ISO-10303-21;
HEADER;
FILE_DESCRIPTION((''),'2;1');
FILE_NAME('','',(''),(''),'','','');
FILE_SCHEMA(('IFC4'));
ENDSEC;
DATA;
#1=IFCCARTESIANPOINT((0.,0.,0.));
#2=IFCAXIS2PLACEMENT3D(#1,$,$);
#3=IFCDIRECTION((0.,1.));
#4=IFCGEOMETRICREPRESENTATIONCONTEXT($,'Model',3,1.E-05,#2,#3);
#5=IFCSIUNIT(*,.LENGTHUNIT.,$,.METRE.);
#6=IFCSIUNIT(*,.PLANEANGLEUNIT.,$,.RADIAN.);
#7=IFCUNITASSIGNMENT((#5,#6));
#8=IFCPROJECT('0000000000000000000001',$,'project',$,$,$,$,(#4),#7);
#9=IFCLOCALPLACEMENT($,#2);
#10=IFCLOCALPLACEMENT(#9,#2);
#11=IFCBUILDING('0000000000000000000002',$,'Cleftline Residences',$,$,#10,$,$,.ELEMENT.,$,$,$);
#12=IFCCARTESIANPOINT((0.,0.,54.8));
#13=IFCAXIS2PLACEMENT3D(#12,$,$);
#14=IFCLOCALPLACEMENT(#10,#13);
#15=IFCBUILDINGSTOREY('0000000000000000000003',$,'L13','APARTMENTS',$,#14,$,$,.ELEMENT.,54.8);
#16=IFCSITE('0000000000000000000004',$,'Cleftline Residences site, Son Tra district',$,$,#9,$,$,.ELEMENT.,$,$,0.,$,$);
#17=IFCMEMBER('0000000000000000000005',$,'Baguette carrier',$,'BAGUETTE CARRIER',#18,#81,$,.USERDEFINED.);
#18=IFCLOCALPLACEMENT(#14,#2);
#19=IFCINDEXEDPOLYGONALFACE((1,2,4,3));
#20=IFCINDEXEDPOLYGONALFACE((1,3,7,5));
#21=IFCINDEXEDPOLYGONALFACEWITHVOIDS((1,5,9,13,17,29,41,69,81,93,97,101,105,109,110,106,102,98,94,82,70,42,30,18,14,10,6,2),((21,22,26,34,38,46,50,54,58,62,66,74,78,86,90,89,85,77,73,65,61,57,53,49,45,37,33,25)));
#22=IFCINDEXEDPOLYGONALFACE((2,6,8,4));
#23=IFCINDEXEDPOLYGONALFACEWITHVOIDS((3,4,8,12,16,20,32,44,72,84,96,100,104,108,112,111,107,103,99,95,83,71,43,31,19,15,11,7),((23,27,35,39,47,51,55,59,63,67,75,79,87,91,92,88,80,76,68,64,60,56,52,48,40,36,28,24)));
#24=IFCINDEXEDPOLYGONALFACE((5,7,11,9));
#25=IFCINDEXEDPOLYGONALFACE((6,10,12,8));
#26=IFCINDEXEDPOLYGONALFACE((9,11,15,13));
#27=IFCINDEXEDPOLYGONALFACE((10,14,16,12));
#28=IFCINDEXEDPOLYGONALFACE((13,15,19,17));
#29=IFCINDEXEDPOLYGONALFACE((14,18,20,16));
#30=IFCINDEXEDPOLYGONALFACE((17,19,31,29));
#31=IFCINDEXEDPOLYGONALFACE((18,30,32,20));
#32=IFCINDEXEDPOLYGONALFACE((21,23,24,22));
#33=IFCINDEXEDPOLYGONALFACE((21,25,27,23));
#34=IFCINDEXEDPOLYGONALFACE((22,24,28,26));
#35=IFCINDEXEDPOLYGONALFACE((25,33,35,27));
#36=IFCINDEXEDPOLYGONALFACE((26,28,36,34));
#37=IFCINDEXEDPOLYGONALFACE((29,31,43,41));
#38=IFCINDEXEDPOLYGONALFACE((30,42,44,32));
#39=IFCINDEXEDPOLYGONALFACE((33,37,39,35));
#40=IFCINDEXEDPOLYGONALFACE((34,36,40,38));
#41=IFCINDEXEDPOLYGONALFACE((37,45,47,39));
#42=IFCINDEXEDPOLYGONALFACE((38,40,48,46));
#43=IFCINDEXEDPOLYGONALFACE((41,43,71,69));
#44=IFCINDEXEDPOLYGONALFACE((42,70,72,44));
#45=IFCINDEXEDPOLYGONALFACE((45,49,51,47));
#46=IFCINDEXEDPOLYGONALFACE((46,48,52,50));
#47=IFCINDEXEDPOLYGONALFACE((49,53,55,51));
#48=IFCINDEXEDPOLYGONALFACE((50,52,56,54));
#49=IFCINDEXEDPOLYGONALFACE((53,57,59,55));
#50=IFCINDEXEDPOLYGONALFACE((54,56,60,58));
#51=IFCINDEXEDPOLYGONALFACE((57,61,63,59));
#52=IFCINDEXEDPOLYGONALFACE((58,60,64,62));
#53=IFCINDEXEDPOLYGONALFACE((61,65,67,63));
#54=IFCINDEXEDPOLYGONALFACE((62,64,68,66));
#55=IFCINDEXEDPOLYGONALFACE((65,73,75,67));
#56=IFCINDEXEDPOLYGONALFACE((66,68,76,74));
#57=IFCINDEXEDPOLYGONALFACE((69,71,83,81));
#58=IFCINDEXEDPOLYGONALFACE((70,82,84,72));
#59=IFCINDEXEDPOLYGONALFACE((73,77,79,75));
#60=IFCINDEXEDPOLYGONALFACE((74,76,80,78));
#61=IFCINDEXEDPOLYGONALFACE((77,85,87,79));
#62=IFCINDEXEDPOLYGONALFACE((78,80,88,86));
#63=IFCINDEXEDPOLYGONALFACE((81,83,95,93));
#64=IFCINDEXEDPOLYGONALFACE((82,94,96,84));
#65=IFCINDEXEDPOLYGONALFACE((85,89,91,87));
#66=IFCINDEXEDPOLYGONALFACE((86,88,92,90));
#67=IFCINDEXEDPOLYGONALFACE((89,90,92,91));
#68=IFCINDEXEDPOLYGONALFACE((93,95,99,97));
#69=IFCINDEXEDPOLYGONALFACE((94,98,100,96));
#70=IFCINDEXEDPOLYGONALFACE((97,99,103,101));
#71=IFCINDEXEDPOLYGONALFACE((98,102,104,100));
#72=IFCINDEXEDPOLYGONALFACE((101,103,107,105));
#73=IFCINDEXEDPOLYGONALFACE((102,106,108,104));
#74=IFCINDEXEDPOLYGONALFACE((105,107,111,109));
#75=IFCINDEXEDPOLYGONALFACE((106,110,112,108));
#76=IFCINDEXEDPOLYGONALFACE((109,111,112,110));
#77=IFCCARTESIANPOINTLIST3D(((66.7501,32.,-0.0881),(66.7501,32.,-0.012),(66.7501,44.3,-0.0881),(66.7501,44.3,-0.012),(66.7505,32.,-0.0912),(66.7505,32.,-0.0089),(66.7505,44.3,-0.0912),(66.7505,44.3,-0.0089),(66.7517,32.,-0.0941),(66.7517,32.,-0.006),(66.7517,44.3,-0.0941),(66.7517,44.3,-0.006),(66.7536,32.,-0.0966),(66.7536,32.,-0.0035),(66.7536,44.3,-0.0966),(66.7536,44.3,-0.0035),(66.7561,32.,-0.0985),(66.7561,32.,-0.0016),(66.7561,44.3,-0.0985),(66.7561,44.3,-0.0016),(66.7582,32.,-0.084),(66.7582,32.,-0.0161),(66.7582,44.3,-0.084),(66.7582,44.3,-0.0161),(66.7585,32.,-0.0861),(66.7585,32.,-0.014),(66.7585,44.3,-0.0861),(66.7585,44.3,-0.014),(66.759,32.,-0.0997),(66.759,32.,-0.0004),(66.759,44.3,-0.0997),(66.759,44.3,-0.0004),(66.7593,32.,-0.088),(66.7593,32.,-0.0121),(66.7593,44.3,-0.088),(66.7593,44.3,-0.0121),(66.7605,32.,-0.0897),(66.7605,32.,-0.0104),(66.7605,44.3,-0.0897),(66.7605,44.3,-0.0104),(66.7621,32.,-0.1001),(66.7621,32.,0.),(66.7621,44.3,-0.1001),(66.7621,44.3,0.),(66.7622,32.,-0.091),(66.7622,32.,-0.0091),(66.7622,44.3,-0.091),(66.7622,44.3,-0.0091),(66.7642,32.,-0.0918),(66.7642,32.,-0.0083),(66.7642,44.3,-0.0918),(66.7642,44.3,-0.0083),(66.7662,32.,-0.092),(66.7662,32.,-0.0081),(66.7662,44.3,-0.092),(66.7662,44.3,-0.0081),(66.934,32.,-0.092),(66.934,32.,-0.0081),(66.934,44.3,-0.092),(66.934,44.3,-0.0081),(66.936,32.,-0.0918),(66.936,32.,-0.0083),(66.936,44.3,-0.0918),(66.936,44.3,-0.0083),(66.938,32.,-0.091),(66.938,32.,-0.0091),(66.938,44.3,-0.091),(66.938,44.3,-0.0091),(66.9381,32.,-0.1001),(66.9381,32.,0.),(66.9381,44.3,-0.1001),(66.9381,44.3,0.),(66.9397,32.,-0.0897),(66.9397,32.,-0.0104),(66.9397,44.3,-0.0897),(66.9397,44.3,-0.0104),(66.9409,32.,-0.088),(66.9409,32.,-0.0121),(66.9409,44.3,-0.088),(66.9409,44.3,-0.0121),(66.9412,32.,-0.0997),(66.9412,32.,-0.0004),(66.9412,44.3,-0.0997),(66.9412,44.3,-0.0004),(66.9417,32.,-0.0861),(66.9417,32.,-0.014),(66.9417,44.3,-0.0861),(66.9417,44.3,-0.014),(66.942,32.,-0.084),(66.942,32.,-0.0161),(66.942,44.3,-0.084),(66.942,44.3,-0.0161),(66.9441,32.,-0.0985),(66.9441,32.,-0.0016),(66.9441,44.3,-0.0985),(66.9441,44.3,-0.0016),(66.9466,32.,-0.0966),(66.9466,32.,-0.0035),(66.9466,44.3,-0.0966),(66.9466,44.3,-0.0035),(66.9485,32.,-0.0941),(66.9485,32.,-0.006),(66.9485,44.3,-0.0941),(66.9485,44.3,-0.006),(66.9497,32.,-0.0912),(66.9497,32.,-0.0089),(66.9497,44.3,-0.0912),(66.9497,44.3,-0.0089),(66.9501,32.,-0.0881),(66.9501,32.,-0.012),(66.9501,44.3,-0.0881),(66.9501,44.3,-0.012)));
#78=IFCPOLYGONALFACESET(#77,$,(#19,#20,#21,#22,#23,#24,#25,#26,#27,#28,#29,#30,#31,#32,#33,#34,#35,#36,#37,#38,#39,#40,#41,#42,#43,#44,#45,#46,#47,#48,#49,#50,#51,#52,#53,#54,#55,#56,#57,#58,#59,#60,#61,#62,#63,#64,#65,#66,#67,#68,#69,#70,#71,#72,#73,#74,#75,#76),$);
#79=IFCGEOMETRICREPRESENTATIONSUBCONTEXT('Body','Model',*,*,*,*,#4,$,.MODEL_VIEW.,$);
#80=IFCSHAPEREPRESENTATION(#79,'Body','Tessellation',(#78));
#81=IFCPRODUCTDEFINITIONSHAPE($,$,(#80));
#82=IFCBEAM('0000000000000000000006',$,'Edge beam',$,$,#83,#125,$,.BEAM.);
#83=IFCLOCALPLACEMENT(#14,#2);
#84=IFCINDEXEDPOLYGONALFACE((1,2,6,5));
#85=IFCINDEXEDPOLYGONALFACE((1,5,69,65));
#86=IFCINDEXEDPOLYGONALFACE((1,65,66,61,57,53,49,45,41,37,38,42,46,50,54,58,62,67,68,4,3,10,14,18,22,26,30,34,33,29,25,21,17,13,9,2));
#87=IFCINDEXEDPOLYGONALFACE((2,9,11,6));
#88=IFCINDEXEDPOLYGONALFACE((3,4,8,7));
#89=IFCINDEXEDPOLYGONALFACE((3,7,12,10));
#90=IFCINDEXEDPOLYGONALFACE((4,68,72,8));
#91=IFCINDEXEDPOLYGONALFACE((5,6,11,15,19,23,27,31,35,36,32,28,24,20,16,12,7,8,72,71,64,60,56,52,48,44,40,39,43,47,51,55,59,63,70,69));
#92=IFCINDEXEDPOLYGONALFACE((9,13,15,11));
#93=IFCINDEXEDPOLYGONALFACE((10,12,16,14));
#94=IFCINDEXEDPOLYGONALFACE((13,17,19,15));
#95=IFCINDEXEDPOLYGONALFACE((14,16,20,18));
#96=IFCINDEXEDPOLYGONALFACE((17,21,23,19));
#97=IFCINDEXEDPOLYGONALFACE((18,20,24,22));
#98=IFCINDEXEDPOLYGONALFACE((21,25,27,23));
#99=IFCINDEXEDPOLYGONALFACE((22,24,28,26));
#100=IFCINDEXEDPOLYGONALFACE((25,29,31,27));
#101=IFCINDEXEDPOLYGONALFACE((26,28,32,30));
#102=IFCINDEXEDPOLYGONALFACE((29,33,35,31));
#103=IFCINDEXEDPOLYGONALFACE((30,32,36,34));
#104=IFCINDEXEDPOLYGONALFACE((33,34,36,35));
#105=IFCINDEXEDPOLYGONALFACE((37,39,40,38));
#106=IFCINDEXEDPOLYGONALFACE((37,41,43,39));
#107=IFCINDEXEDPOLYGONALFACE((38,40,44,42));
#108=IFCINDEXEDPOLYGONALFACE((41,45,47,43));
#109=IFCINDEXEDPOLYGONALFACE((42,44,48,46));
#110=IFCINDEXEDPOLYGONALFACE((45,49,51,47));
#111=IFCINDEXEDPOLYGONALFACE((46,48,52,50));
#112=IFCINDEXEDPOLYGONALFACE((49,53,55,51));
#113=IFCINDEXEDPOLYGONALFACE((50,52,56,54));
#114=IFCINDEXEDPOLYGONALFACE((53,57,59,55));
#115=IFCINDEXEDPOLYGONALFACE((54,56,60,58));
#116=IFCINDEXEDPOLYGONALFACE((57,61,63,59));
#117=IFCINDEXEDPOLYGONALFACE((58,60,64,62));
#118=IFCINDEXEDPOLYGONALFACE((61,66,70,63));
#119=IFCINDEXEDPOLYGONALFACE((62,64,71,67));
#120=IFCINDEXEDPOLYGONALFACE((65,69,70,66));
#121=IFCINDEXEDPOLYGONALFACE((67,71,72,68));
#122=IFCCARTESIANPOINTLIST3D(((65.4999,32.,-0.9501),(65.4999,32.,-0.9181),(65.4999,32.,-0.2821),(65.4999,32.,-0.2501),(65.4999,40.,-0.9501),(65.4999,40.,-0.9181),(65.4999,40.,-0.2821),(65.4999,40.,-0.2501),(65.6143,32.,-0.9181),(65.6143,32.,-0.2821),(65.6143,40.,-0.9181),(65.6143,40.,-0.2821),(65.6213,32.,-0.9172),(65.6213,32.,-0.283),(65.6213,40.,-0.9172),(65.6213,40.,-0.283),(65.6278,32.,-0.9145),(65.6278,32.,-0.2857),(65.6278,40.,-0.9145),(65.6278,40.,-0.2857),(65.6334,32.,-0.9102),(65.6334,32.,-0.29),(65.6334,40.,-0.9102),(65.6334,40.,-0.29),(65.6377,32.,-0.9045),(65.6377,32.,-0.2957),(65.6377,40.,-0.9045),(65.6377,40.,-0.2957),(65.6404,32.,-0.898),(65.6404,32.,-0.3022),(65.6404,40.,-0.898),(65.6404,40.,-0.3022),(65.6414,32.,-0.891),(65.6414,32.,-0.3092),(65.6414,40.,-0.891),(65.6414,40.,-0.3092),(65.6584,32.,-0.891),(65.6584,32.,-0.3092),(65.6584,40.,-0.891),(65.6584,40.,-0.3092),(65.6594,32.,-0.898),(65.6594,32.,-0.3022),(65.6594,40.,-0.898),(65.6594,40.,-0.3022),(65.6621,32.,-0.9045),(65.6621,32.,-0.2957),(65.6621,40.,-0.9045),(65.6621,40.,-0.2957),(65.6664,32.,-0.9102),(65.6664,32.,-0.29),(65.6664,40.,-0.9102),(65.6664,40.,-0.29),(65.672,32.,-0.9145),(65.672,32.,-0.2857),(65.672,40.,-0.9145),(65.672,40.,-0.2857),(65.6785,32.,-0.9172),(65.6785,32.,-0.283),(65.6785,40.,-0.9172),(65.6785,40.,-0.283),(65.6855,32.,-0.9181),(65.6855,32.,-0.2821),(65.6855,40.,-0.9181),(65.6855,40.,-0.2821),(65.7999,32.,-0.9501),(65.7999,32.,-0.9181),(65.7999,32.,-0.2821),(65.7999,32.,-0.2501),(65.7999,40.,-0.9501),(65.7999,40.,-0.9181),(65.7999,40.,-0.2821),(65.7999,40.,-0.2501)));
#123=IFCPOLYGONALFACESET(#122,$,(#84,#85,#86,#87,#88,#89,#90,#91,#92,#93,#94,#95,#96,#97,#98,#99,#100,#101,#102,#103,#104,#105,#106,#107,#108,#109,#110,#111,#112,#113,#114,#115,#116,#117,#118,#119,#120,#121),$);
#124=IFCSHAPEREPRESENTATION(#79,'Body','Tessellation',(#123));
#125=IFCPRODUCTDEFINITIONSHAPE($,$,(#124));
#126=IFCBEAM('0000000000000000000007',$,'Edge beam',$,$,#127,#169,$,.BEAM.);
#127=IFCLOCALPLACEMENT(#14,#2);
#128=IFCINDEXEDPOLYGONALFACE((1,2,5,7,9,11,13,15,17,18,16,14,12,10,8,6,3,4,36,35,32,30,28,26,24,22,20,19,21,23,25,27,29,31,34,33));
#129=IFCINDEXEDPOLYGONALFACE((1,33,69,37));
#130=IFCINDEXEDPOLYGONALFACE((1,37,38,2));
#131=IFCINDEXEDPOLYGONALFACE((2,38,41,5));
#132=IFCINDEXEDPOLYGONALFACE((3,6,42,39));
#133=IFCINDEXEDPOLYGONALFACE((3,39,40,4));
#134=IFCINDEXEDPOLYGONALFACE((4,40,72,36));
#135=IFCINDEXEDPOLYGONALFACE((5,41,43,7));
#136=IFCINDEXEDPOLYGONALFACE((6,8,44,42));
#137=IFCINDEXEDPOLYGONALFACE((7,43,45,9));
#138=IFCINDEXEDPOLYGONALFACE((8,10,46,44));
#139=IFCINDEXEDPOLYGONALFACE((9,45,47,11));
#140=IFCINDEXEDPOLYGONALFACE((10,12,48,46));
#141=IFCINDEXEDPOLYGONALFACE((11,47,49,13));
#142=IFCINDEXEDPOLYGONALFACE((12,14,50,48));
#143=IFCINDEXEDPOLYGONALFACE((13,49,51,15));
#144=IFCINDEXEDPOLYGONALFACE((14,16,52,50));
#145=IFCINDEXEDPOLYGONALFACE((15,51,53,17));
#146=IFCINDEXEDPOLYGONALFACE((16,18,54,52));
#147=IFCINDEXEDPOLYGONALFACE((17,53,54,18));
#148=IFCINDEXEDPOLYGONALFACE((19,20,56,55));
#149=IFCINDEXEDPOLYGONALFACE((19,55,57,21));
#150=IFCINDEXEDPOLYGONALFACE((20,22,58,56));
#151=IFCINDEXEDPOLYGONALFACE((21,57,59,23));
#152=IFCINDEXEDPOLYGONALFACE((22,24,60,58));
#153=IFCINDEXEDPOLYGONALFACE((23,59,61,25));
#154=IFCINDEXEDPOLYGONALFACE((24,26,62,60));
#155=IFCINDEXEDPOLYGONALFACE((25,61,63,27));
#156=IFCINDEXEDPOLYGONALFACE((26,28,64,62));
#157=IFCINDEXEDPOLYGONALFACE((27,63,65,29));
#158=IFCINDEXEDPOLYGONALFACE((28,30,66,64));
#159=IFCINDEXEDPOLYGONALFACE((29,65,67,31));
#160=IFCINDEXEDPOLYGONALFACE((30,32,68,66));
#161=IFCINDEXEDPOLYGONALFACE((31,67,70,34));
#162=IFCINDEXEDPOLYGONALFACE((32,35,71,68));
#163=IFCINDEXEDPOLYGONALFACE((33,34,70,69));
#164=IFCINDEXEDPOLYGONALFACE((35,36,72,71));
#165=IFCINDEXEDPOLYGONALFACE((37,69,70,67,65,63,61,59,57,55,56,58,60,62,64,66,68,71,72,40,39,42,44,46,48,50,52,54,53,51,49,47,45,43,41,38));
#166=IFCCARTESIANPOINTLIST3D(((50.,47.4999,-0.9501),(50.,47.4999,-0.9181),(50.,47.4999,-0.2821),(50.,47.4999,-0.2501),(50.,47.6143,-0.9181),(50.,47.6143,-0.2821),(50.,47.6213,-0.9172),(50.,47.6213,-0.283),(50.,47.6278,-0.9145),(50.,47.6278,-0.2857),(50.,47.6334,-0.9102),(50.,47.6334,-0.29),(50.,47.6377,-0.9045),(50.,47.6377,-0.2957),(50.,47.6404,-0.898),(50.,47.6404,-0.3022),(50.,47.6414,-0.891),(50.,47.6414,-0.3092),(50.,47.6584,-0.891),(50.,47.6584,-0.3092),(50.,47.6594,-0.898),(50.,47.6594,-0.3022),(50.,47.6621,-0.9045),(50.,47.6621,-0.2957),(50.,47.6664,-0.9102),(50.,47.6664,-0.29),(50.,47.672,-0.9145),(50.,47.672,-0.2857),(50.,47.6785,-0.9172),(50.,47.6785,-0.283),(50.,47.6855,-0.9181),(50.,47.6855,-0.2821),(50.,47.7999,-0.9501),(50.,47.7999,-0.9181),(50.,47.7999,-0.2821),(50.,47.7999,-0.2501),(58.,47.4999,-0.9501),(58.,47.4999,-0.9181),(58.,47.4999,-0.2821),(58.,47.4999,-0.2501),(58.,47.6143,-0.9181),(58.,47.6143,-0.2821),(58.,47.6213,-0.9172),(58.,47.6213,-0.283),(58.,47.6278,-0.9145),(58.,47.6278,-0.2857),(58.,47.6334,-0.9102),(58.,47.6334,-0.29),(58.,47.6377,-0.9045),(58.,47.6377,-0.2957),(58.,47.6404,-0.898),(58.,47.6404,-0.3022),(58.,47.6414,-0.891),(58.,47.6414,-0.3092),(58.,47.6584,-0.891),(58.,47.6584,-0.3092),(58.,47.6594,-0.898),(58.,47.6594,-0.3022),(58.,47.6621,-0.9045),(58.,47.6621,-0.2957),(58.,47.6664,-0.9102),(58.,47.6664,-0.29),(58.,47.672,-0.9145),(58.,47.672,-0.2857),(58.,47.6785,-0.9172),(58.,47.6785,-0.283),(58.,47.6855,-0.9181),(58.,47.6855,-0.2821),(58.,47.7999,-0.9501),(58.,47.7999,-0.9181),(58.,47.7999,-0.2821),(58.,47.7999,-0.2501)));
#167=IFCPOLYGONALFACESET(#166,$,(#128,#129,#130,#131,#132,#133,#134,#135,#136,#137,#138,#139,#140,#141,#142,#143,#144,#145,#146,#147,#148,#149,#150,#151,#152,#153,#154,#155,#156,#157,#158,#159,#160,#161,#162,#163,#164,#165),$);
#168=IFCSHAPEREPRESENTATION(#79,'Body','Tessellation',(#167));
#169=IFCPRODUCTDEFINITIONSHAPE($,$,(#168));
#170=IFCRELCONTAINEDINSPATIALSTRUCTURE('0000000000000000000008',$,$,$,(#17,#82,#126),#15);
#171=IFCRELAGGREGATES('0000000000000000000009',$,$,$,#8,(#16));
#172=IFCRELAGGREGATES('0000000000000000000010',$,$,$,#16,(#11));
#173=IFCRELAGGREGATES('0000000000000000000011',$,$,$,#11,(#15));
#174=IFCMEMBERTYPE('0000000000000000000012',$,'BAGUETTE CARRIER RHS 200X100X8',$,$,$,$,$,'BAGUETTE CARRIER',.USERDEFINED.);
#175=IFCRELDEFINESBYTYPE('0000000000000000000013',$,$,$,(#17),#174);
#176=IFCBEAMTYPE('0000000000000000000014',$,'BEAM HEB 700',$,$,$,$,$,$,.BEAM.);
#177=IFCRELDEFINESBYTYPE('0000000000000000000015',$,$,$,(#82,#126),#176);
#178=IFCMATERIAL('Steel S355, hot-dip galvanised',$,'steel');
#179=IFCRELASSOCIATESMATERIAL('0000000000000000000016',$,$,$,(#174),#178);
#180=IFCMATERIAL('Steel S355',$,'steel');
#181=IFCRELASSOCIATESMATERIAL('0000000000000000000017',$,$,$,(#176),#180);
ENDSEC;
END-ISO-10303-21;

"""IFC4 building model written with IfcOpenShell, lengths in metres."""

from ifc_helpers import new_model, si_unit, direction, frame, origin, origin_2d, place, context, subcontext, project, spatial, hollow_rectangle, i_section, extrude, material, material_profile, profile_set, type_object, element, save


model = new_model("IFC4")

# Units and contexts
model_context = context("Model", 3, precision=1e-05, world=origin(), true_north=direction((0.0, 1.0)))
body_context = subcontext(model_context, "Body", "Model", "MODEL_VIEW")
ifc_project = project(units=[si_unit("LENGTHUNIT", "METRE"), si_unit("PLANEANGLEUNIT", "RADIAN")], contexts=[model_context])

# Site, building, storey
site_placement = place(None, origin())
site = spatial("IfcSite", under=ifc_project, at=site_placement, Name="Cleftline Residences site, Son Tra district", CompositionType="ELEMENT", RefElevation=0.0)
building_placement = place(site_placement, origin())
building = spatial("IfcBuilding", under=site, at=building_placement, Name="Cleftline Residences", CompositionType="ELEMENT")
storey_placement = place(building_placement, frame((0.0, 0.0, 54.8)))
storey = spatial("IfcBuildingStorey", under=building, at=storey_placement, Name="L13", Description="APARTMENTS", CompositionType="ELEMENT", Elevation=54.8)

# Member
ifc_material_1 = material(Name="Steel S355, hot-dip galvanised", Category="steel")
ifc_material_profile_1 = material_profile(ifc_material_1, hollow_rectangle(XDim=0.1001, YDim=0.2, WallThickness=0.0081, InnerFilletRadius=0.0081, OuterFilletRadius=0.012, at=origin_2d()))
ifc_profile_set_1 = profile_set([ifc_material_profile_1], Name="Steel S355, hot-dip galvanised")
member_type_1 = type_object("IfcMemberType", Name="BAGUETTE CARRIER RHS 200X100X8", ElementType="BAGUETTE CARRIER", PredefinedType="USERDEFINED", material=ifc_profile_set_1)
member_placement = place(storey_placement, frame((66.8501, 32.0, -0.05), z_axis=(0.0, 1.0, 0.0), x_axis=(0.0, 0.0, 1.0)))
element("IfcMember", 1, at=member_placement, inside=storey, type_object=member_type_1, Name="Baguette carrier", ObjectType="BAGUETTE CARRIER", PredefinedType="USERDEFINED", context=body_context, shape_type="SweptSolid", body=[
    extrude(hollow_rectangle(XDim=0.1001, YDim=0.2, WallThickness=0.0081, InnerFilletRadius=0.0081, OuterFilletRadius=0.012, at=origin_2d()), origin(), (0.0, 0.0, 1.0), 12.3),
])

# Beams
ifc_material_2 = material(Name="Steel S355", Category="steel")
ifc_material_profile_2 = material_profile(ifc_material_2, i_section(OverallWidth=0.3, OverallDepth=0.7, WebThickness=0.0171, FlangeThickness=0.032, FilletRadius=0.0271, at=origin_2d()))
ifc_profile_set_2 = profile_set([ifc_material_profile_2], Name="Steel S355")
beam_type_1 = type_object("IfcBeamType", Name="BEAM HEB 700", PredefinedType="BEAM", material=ifc_profile_set_2)
for number, where, z_axis, x_axis, name in (
    (2, (65.6499, 32.0, -0.6001), (0.0, 1.0, 0.0), (-1.0, 0.0, 0.0), "Edge beam"),
    (3, (58.0, 47.6499, -0.6001), (-1.0, 0.0, 0.0), (0.0, -1.0, 0.0), "Edge beam"),
):
    element("IfcBeam", number, at=place(storey_placement, frame(where, z_axis=z_axis, x_axis=x_axis)), inside=storey, type_object=beam_type_1, Name=name, PredefinedType="BEAM", context=body_context, shape_type="SweptSolid", body=[
        extrude(i_section(OverallWidth=0.3, OverallDepth=0.7, WebThickness=0.0171, FlangeThickness=0.032, FilletRadius=0.0271, at=origin_2d()), origin(), (0.0, 0.0, 1.0), 8.0),
    ])

save(model, "model.ifc")
